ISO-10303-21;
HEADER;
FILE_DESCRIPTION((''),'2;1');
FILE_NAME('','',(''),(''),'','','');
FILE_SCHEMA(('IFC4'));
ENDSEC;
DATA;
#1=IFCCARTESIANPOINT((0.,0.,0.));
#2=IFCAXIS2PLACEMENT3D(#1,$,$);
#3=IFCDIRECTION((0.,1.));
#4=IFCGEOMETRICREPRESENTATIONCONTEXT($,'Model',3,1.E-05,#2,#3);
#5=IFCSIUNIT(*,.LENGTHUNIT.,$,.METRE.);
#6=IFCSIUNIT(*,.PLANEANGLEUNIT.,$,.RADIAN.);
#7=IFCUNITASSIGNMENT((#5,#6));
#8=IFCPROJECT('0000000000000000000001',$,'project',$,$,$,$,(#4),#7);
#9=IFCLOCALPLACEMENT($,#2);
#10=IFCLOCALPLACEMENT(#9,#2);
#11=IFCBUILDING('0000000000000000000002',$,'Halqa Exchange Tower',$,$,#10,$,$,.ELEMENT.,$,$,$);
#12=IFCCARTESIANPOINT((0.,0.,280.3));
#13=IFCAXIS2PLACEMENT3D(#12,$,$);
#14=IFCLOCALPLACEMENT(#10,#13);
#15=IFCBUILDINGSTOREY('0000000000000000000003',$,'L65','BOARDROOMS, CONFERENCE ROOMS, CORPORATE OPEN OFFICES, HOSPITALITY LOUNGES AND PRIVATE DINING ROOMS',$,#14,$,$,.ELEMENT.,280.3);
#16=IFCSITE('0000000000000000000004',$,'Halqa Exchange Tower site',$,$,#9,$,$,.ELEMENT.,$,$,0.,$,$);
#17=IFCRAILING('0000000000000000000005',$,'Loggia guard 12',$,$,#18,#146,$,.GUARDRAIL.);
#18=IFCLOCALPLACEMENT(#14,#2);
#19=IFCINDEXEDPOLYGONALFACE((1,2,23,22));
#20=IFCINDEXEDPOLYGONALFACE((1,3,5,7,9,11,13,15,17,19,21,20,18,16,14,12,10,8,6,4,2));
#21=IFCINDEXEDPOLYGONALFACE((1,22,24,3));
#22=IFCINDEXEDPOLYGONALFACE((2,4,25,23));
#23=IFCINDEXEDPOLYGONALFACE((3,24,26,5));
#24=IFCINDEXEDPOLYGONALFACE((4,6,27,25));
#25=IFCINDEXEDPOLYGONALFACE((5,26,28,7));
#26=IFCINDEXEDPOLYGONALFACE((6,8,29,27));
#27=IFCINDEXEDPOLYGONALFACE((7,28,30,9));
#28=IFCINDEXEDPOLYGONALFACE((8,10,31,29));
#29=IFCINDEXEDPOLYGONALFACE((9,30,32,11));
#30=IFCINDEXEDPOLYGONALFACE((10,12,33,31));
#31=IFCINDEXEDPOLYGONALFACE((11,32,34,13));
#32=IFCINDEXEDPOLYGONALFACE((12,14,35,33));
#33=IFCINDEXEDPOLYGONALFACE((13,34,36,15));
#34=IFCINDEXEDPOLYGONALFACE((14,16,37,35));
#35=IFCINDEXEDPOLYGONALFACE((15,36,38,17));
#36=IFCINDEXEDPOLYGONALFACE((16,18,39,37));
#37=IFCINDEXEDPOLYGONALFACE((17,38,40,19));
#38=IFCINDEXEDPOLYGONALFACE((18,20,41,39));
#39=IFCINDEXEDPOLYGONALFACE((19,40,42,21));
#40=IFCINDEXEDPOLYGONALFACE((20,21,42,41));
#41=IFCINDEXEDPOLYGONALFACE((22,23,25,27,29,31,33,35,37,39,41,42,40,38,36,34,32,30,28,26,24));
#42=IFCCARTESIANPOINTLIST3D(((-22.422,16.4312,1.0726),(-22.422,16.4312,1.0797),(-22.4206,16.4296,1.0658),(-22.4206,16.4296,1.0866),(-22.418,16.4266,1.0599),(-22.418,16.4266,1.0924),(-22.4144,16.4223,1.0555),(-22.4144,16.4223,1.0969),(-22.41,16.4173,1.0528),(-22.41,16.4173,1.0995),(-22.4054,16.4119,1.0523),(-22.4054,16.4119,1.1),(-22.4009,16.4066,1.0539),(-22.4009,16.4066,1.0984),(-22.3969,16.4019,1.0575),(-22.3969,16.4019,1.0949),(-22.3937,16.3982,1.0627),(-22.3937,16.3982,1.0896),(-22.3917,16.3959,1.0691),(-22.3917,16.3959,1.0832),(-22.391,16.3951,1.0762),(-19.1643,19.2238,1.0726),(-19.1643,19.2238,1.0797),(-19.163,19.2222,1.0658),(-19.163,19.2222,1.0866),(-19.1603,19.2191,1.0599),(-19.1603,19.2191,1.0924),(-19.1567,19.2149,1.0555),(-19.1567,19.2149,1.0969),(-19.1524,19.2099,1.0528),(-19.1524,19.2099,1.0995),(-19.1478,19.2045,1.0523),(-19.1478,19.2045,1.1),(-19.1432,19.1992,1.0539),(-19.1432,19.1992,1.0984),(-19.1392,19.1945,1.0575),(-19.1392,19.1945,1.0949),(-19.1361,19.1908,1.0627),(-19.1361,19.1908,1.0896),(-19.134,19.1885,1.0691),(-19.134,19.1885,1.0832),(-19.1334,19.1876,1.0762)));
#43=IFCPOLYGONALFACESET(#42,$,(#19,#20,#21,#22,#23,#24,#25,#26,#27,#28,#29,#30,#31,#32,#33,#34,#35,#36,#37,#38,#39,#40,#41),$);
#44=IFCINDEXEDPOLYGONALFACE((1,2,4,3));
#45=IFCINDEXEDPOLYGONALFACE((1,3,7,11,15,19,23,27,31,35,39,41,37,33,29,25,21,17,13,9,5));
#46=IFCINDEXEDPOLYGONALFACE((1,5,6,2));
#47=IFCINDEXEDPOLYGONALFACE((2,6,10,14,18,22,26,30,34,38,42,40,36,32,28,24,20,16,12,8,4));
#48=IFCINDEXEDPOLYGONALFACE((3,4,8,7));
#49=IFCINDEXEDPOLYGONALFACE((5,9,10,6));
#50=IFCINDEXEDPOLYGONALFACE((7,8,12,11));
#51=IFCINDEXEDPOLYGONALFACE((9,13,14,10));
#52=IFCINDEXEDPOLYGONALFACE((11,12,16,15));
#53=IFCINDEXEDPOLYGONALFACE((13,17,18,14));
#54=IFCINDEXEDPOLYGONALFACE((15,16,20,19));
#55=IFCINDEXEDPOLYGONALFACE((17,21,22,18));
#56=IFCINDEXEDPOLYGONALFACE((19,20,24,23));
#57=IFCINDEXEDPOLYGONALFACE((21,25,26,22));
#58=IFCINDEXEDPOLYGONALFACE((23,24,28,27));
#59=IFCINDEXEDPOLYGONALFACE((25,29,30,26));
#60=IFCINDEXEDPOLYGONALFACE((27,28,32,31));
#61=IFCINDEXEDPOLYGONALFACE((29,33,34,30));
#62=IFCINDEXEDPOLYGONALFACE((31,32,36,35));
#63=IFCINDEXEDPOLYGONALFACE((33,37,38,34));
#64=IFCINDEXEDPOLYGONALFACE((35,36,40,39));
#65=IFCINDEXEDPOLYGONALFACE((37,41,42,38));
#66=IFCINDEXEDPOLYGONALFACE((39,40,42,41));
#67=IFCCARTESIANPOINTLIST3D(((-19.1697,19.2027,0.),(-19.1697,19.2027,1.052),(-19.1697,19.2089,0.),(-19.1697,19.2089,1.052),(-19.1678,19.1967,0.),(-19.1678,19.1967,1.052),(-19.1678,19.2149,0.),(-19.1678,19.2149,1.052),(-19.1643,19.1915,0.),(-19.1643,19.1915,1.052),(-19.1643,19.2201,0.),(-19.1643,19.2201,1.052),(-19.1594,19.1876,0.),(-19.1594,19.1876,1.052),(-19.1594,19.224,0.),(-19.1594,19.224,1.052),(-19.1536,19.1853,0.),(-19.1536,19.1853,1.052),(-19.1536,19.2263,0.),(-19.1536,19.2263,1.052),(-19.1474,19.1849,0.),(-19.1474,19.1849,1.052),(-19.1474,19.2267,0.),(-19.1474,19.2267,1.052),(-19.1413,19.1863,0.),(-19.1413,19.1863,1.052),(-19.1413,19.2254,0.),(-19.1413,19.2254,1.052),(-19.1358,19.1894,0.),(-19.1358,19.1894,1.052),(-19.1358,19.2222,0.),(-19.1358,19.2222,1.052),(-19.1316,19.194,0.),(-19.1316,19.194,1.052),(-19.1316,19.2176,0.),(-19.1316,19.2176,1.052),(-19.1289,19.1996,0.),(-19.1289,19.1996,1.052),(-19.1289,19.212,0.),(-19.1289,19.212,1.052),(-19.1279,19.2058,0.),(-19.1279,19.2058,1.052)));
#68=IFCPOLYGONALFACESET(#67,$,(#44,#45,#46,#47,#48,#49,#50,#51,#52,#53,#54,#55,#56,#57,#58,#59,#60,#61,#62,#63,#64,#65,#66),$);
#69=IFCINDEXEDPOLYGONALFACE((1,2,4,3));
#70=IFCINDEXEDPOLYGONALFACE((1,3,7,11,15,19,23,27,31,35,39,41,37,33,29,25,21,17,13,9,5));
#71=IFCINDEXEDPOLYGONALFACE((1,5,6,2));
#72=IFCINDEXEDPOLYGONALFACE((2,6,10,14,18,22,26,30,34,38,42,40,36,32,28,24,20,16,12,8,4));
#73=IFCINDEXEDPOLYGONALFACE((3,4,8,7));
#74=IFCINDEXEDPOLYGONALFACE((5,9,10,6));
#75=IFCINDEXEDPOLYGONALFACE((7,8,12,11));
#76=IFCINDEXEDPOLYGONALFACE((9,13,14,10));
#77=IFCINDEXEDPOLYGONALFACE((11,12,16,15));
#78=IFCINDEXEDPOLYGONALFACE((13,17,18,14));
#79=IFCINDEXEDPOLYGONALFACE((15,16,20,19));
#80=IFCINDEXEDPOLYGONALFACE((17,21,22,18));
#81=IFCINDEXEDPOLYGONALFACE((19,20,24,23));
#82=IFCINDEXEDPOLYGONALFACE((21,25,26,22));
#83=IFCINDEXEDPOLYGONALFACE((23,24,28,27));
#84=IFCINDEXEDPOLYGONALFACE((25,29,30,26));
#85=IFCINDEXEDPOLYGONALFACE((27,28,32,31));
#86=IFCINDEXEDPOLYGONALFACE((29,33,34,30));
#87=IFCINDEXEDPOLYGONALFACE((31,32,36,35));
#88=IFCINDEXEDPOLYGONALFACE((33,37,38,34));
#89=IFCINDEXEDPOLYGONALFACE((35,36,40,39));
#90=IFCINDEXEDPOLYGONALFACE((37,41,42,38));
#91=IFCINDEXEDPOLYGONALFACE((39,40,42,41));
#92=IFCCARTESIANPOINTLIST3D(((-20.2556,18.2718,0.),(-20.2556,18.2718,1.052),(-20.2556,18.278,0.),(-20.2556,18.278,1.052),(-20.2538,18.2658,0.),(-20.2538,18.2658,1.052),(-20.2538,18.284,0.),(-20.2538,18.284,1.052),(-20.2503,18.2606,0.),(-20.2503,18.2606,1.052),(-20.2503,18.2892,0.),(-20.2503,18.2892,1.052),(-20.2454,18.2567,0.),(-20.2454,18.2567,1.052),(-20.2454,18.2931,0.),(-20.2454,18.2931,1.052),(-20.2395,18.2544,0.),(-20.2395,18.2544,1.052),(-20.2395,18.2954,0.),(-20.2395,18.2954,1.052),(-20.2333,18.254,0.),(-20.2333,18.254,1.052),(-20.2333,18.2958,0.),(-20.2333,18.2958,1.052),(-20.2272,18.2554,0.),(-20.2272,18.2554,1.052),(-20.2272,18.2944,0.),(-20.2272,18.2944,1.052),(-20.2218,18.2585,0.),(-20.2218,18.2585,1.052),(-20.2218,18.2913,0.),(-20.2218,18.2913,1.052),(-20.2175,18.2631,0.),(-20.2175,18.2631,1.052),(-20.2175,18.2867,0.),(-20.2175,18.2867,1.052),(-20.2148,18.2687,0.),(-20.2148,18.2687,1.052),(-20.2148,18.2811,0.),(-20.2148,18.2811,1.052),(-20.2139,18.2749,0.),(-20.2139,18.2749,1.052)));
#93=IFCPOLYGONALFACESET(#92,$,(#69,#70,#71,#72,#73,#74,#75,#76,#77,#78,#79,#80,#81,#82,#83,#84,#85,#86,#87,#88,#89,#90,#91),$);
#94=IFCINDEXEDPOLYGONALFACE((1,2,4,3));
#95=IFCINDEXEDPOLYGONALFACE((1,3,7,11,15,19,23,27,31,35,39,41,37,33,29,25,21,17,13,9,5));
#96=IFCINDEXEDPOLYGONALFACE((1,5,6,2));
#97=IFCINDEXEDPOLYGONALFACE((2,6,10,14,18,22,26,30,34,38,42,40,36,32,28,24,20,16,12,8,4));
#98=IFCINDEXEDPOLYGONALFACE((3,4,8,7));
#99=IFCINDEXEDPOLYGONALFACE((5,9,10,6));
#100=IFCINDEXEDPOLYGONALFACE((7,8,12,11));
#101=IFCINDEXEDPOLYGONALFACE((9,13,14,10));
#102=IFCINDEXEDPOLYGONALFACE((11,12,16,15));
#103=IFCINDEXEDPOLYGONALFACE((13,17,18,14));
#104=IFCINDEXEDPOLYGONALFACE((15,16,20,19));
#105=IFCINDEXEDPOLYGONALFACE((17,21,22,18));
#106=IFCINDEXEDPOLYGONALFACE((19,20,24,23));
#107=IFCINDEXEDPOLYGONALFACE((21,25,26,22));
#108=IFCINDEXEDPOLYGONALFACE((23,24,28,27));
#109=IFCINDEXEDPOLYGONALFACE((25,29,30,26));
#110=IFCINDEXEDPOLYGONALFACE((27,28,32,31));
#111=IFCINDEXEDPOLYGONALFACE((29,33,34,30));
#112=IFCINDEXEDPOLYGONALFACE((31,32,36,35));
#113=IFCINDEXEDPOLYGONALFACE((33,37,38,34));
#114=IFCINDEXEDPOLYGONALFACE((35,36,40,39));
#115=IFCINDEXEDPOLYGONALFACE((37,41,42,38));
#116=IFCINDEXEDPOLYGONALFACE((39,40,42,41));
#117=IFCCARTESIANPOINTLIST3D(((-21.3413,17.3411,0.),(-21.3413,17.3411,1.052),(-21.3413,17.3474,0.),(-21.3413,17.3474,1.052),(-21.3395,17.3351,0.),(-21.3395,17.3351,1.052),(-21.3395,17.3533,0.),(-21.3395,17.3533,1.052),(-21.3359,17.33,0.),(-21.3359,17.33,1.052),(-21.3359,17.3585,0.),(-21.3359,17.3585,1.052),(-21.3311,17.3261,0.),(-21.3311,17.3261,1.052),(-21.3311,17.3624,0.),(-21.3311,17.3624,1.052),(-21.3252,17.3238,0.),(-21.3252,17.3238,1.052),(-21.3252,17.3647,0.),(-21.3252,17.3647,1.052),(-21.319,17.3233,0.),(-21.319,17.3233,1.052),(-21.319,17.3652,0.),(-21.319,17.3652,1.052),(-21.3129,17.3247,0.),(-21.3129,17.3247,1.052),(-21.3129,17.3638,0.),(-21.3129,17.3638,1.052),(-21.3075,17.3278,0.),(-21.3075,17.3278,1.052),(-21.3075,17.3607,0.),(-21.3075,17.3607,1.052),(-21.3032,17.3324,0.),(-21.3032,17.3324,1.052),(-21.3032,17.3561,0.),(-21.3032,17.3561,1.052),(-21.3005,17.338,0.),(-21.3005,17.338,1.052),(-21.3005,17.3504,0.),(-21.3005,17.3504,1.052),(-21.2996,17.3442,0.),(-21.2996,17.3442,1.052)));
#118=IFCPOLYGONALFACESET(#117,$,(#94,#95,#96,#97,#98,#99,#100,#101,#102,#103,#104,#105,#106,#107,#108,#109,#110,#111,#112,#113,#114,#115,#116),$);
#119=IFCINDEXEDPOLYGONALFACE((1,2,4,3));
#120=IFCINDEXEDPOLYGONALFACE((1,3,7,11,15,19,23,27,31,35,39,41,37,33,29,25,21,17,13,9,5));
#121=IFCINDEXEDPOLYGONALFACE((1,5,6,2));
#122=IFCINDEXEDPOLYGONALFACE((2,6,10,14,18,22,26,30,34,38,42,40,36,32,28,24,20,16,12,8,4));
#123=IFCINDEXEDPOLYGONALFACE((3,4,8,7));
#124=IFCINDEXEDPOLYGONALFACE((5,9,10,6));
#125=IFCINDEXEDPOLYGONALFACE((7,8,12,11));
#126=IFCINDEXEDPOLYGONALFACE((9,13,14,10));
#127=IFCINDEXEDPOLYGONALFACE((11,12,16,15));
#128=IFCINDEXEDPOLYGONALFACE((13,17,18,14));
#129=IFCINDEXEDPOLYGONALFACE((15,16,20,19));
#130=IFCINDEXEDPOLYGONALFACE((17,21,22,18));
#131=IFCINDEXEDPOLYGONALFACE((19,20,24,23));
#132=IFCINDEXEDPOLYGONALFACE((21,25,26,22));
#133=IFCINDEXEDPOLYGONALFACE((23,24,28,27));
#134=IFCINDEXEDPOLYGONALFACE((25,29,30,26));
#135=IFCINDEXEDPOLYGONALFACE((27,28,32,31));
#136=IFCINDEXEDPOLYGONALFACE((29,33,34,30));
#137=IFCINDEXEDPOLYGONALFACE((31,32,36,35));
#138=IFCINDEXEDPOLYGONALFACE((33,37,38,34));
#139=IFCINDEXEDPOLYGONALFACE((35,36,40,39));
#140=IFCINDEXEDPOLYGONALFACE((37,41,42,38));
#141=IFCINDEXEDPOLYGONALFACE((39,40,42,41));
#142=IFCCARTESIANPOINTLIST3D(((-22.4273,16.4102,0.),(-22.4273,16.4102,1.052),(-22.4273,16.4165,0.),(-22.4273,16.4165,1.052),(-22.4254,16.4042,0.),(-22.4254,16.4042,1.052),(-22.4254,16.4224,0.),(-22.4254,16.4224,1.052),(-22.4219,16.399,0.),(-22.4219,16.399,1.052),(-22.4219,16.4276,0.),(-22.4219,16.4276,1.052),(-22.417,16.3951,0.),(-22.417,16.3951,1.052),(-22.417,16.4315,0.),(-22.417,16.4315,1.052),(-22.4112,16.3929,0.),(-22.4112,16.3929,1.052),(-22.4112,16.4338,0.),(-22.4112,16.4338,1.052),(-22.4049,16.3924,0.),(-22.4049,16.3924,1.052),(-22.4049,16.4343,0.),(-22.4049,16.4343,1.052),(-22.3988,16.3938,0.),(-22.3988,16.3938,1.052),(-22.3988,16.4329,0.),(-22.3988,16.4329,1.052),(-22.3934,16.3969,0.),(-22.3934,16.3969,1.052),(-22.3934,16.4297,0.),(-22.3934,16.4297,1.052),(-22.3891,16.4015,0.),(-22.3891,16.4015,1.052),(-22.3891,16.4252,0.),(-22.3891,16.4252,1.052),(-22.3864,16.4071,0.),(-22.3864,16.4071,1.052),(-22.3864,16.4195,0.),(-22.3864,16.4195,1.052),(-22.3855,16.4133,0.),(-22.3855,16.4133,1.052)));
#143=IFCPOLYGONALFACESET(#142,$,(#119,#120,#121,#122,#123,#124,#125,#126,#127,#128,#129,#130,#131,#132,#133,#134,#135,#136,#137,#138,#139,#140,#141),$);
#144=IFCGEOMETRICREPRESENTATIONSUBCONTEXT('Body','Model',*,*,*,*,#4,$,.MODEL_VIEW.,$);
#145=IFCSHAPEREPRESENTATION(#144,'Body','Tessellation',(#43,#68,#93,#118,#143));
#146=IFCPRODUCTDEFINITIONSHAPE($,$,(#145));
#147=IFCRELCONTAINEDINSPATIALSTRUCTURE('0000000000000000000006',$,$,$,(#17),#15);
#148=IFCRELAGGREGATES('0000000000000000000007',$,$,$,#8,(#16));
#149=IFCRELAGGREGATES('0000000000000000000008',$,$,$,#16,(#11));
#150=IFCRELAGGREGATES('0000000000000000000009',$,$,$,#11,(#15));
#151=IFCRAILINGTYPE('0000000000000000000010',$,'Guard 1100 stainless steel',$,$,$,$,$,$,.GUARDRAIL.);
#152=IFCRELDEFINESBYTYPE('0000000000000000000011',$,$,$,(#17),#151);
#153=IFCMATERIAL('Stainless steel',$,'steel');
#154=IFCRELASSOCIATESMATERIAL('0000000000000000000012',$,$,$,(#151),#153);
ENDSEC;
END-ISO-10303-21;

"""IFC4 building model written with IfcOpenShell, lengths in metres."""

from ifc_helpers import new_model, si_unit, direction, frame, origin, origin_2d, place, context, subcontext, project, spatial, circle, extrude, material, type_object, element, save


model = new_model("IFC4")

# Units and contexts
model_context = context("Model", 3, precision=1e-05, world=origin(), true_north=direction((0.0, 1.0)))
body_context = subcontext(model_context, "Body", "Model", "MODEL_VIEW")
ifc_project = project(units=[si_unit("LENGTHUNIT", "METRE"), si_unit("PLANEANGLEUNIT", "RADIAN")], contexts=[model_context])

# Site, building, storey
site_placement = place(None, origin())
site = spatial("IfcSite", under=ifc_project, at=site_placement, Name="Halqa Exchange Tower site", CompositionType="ELEMENT", RefElevation=0.0)
building_placement = place(site_placement, origin())
building = spatial("IfcBuilding", under=site, at=building_placement, Name="Halqa Exchange Tower", CompositionType="ELEMENT")
storey_placement = place(building_placement, frame((0.0, 0.0, 280.3)))
storey = spatial("IfcBuildingStorey", under=building, at=storey_placement, Name="L65", Description="BOARDROOMS, CONFERENCE ROOMS, CORPORATE OPEN OFFICES, HOSPITALITY LOUNGES AND PRIVATE DINING ROOMS", CompositionType="ELEMENT", Elevation=280.3)

# Railing
ifc_material_1 = material(Name="Stainless steel", Category="steel")
railing_type = type_object("IfcRailingType", Name="Guard 1100 stainless steel", PredefinedType="GUARDRAIL", material=ifc_material_1)
railing_1_placement = place(storey_placement, frame((-19.1489, 19.2058, 0.0)))
element("IfcRailing", 1, at=railing_1_placement, inside=storey, type_object=railing_type, Name="Loggia guard 12", PredefinedType="GUARDRAIL", context=body_context, shape_type="SweptSolid", body=[
    extrude(circle(Radius=0.0239, at=origin_2d()), frame((0.0, 0.0, 1.0762), z_axis=(-0.759224, -0.650829, 0.0), x_axis=(0.650829, -0.759224, 0.0)), (0.0, 0.0, 1.0), 4.2908),
    extrude(circle(Radius=0.021, at=origin_2d()), origin(), (0.0, 0.0, 1.0), 1.052),
    extrude(circle(Radius=0.021, at=origin_2d()), frame((-1.0859, -0.9309, 0.0)), (0.0, 0.0, 1.0), 1.052),
    extrude(circle(Radius=0.021, at=origin_2d()), frame((-2.1716, -1.8616, 0.0)), (0.0, 0.0, 1.0), 1.052),
    extrude(circle(Radius=0.021, at=origin_2d()), frame((-3.2576, -2.7925, 0.0)), (0.0, 0.0, 1.0), 1.052),
])

save(model, "model.ifc")
